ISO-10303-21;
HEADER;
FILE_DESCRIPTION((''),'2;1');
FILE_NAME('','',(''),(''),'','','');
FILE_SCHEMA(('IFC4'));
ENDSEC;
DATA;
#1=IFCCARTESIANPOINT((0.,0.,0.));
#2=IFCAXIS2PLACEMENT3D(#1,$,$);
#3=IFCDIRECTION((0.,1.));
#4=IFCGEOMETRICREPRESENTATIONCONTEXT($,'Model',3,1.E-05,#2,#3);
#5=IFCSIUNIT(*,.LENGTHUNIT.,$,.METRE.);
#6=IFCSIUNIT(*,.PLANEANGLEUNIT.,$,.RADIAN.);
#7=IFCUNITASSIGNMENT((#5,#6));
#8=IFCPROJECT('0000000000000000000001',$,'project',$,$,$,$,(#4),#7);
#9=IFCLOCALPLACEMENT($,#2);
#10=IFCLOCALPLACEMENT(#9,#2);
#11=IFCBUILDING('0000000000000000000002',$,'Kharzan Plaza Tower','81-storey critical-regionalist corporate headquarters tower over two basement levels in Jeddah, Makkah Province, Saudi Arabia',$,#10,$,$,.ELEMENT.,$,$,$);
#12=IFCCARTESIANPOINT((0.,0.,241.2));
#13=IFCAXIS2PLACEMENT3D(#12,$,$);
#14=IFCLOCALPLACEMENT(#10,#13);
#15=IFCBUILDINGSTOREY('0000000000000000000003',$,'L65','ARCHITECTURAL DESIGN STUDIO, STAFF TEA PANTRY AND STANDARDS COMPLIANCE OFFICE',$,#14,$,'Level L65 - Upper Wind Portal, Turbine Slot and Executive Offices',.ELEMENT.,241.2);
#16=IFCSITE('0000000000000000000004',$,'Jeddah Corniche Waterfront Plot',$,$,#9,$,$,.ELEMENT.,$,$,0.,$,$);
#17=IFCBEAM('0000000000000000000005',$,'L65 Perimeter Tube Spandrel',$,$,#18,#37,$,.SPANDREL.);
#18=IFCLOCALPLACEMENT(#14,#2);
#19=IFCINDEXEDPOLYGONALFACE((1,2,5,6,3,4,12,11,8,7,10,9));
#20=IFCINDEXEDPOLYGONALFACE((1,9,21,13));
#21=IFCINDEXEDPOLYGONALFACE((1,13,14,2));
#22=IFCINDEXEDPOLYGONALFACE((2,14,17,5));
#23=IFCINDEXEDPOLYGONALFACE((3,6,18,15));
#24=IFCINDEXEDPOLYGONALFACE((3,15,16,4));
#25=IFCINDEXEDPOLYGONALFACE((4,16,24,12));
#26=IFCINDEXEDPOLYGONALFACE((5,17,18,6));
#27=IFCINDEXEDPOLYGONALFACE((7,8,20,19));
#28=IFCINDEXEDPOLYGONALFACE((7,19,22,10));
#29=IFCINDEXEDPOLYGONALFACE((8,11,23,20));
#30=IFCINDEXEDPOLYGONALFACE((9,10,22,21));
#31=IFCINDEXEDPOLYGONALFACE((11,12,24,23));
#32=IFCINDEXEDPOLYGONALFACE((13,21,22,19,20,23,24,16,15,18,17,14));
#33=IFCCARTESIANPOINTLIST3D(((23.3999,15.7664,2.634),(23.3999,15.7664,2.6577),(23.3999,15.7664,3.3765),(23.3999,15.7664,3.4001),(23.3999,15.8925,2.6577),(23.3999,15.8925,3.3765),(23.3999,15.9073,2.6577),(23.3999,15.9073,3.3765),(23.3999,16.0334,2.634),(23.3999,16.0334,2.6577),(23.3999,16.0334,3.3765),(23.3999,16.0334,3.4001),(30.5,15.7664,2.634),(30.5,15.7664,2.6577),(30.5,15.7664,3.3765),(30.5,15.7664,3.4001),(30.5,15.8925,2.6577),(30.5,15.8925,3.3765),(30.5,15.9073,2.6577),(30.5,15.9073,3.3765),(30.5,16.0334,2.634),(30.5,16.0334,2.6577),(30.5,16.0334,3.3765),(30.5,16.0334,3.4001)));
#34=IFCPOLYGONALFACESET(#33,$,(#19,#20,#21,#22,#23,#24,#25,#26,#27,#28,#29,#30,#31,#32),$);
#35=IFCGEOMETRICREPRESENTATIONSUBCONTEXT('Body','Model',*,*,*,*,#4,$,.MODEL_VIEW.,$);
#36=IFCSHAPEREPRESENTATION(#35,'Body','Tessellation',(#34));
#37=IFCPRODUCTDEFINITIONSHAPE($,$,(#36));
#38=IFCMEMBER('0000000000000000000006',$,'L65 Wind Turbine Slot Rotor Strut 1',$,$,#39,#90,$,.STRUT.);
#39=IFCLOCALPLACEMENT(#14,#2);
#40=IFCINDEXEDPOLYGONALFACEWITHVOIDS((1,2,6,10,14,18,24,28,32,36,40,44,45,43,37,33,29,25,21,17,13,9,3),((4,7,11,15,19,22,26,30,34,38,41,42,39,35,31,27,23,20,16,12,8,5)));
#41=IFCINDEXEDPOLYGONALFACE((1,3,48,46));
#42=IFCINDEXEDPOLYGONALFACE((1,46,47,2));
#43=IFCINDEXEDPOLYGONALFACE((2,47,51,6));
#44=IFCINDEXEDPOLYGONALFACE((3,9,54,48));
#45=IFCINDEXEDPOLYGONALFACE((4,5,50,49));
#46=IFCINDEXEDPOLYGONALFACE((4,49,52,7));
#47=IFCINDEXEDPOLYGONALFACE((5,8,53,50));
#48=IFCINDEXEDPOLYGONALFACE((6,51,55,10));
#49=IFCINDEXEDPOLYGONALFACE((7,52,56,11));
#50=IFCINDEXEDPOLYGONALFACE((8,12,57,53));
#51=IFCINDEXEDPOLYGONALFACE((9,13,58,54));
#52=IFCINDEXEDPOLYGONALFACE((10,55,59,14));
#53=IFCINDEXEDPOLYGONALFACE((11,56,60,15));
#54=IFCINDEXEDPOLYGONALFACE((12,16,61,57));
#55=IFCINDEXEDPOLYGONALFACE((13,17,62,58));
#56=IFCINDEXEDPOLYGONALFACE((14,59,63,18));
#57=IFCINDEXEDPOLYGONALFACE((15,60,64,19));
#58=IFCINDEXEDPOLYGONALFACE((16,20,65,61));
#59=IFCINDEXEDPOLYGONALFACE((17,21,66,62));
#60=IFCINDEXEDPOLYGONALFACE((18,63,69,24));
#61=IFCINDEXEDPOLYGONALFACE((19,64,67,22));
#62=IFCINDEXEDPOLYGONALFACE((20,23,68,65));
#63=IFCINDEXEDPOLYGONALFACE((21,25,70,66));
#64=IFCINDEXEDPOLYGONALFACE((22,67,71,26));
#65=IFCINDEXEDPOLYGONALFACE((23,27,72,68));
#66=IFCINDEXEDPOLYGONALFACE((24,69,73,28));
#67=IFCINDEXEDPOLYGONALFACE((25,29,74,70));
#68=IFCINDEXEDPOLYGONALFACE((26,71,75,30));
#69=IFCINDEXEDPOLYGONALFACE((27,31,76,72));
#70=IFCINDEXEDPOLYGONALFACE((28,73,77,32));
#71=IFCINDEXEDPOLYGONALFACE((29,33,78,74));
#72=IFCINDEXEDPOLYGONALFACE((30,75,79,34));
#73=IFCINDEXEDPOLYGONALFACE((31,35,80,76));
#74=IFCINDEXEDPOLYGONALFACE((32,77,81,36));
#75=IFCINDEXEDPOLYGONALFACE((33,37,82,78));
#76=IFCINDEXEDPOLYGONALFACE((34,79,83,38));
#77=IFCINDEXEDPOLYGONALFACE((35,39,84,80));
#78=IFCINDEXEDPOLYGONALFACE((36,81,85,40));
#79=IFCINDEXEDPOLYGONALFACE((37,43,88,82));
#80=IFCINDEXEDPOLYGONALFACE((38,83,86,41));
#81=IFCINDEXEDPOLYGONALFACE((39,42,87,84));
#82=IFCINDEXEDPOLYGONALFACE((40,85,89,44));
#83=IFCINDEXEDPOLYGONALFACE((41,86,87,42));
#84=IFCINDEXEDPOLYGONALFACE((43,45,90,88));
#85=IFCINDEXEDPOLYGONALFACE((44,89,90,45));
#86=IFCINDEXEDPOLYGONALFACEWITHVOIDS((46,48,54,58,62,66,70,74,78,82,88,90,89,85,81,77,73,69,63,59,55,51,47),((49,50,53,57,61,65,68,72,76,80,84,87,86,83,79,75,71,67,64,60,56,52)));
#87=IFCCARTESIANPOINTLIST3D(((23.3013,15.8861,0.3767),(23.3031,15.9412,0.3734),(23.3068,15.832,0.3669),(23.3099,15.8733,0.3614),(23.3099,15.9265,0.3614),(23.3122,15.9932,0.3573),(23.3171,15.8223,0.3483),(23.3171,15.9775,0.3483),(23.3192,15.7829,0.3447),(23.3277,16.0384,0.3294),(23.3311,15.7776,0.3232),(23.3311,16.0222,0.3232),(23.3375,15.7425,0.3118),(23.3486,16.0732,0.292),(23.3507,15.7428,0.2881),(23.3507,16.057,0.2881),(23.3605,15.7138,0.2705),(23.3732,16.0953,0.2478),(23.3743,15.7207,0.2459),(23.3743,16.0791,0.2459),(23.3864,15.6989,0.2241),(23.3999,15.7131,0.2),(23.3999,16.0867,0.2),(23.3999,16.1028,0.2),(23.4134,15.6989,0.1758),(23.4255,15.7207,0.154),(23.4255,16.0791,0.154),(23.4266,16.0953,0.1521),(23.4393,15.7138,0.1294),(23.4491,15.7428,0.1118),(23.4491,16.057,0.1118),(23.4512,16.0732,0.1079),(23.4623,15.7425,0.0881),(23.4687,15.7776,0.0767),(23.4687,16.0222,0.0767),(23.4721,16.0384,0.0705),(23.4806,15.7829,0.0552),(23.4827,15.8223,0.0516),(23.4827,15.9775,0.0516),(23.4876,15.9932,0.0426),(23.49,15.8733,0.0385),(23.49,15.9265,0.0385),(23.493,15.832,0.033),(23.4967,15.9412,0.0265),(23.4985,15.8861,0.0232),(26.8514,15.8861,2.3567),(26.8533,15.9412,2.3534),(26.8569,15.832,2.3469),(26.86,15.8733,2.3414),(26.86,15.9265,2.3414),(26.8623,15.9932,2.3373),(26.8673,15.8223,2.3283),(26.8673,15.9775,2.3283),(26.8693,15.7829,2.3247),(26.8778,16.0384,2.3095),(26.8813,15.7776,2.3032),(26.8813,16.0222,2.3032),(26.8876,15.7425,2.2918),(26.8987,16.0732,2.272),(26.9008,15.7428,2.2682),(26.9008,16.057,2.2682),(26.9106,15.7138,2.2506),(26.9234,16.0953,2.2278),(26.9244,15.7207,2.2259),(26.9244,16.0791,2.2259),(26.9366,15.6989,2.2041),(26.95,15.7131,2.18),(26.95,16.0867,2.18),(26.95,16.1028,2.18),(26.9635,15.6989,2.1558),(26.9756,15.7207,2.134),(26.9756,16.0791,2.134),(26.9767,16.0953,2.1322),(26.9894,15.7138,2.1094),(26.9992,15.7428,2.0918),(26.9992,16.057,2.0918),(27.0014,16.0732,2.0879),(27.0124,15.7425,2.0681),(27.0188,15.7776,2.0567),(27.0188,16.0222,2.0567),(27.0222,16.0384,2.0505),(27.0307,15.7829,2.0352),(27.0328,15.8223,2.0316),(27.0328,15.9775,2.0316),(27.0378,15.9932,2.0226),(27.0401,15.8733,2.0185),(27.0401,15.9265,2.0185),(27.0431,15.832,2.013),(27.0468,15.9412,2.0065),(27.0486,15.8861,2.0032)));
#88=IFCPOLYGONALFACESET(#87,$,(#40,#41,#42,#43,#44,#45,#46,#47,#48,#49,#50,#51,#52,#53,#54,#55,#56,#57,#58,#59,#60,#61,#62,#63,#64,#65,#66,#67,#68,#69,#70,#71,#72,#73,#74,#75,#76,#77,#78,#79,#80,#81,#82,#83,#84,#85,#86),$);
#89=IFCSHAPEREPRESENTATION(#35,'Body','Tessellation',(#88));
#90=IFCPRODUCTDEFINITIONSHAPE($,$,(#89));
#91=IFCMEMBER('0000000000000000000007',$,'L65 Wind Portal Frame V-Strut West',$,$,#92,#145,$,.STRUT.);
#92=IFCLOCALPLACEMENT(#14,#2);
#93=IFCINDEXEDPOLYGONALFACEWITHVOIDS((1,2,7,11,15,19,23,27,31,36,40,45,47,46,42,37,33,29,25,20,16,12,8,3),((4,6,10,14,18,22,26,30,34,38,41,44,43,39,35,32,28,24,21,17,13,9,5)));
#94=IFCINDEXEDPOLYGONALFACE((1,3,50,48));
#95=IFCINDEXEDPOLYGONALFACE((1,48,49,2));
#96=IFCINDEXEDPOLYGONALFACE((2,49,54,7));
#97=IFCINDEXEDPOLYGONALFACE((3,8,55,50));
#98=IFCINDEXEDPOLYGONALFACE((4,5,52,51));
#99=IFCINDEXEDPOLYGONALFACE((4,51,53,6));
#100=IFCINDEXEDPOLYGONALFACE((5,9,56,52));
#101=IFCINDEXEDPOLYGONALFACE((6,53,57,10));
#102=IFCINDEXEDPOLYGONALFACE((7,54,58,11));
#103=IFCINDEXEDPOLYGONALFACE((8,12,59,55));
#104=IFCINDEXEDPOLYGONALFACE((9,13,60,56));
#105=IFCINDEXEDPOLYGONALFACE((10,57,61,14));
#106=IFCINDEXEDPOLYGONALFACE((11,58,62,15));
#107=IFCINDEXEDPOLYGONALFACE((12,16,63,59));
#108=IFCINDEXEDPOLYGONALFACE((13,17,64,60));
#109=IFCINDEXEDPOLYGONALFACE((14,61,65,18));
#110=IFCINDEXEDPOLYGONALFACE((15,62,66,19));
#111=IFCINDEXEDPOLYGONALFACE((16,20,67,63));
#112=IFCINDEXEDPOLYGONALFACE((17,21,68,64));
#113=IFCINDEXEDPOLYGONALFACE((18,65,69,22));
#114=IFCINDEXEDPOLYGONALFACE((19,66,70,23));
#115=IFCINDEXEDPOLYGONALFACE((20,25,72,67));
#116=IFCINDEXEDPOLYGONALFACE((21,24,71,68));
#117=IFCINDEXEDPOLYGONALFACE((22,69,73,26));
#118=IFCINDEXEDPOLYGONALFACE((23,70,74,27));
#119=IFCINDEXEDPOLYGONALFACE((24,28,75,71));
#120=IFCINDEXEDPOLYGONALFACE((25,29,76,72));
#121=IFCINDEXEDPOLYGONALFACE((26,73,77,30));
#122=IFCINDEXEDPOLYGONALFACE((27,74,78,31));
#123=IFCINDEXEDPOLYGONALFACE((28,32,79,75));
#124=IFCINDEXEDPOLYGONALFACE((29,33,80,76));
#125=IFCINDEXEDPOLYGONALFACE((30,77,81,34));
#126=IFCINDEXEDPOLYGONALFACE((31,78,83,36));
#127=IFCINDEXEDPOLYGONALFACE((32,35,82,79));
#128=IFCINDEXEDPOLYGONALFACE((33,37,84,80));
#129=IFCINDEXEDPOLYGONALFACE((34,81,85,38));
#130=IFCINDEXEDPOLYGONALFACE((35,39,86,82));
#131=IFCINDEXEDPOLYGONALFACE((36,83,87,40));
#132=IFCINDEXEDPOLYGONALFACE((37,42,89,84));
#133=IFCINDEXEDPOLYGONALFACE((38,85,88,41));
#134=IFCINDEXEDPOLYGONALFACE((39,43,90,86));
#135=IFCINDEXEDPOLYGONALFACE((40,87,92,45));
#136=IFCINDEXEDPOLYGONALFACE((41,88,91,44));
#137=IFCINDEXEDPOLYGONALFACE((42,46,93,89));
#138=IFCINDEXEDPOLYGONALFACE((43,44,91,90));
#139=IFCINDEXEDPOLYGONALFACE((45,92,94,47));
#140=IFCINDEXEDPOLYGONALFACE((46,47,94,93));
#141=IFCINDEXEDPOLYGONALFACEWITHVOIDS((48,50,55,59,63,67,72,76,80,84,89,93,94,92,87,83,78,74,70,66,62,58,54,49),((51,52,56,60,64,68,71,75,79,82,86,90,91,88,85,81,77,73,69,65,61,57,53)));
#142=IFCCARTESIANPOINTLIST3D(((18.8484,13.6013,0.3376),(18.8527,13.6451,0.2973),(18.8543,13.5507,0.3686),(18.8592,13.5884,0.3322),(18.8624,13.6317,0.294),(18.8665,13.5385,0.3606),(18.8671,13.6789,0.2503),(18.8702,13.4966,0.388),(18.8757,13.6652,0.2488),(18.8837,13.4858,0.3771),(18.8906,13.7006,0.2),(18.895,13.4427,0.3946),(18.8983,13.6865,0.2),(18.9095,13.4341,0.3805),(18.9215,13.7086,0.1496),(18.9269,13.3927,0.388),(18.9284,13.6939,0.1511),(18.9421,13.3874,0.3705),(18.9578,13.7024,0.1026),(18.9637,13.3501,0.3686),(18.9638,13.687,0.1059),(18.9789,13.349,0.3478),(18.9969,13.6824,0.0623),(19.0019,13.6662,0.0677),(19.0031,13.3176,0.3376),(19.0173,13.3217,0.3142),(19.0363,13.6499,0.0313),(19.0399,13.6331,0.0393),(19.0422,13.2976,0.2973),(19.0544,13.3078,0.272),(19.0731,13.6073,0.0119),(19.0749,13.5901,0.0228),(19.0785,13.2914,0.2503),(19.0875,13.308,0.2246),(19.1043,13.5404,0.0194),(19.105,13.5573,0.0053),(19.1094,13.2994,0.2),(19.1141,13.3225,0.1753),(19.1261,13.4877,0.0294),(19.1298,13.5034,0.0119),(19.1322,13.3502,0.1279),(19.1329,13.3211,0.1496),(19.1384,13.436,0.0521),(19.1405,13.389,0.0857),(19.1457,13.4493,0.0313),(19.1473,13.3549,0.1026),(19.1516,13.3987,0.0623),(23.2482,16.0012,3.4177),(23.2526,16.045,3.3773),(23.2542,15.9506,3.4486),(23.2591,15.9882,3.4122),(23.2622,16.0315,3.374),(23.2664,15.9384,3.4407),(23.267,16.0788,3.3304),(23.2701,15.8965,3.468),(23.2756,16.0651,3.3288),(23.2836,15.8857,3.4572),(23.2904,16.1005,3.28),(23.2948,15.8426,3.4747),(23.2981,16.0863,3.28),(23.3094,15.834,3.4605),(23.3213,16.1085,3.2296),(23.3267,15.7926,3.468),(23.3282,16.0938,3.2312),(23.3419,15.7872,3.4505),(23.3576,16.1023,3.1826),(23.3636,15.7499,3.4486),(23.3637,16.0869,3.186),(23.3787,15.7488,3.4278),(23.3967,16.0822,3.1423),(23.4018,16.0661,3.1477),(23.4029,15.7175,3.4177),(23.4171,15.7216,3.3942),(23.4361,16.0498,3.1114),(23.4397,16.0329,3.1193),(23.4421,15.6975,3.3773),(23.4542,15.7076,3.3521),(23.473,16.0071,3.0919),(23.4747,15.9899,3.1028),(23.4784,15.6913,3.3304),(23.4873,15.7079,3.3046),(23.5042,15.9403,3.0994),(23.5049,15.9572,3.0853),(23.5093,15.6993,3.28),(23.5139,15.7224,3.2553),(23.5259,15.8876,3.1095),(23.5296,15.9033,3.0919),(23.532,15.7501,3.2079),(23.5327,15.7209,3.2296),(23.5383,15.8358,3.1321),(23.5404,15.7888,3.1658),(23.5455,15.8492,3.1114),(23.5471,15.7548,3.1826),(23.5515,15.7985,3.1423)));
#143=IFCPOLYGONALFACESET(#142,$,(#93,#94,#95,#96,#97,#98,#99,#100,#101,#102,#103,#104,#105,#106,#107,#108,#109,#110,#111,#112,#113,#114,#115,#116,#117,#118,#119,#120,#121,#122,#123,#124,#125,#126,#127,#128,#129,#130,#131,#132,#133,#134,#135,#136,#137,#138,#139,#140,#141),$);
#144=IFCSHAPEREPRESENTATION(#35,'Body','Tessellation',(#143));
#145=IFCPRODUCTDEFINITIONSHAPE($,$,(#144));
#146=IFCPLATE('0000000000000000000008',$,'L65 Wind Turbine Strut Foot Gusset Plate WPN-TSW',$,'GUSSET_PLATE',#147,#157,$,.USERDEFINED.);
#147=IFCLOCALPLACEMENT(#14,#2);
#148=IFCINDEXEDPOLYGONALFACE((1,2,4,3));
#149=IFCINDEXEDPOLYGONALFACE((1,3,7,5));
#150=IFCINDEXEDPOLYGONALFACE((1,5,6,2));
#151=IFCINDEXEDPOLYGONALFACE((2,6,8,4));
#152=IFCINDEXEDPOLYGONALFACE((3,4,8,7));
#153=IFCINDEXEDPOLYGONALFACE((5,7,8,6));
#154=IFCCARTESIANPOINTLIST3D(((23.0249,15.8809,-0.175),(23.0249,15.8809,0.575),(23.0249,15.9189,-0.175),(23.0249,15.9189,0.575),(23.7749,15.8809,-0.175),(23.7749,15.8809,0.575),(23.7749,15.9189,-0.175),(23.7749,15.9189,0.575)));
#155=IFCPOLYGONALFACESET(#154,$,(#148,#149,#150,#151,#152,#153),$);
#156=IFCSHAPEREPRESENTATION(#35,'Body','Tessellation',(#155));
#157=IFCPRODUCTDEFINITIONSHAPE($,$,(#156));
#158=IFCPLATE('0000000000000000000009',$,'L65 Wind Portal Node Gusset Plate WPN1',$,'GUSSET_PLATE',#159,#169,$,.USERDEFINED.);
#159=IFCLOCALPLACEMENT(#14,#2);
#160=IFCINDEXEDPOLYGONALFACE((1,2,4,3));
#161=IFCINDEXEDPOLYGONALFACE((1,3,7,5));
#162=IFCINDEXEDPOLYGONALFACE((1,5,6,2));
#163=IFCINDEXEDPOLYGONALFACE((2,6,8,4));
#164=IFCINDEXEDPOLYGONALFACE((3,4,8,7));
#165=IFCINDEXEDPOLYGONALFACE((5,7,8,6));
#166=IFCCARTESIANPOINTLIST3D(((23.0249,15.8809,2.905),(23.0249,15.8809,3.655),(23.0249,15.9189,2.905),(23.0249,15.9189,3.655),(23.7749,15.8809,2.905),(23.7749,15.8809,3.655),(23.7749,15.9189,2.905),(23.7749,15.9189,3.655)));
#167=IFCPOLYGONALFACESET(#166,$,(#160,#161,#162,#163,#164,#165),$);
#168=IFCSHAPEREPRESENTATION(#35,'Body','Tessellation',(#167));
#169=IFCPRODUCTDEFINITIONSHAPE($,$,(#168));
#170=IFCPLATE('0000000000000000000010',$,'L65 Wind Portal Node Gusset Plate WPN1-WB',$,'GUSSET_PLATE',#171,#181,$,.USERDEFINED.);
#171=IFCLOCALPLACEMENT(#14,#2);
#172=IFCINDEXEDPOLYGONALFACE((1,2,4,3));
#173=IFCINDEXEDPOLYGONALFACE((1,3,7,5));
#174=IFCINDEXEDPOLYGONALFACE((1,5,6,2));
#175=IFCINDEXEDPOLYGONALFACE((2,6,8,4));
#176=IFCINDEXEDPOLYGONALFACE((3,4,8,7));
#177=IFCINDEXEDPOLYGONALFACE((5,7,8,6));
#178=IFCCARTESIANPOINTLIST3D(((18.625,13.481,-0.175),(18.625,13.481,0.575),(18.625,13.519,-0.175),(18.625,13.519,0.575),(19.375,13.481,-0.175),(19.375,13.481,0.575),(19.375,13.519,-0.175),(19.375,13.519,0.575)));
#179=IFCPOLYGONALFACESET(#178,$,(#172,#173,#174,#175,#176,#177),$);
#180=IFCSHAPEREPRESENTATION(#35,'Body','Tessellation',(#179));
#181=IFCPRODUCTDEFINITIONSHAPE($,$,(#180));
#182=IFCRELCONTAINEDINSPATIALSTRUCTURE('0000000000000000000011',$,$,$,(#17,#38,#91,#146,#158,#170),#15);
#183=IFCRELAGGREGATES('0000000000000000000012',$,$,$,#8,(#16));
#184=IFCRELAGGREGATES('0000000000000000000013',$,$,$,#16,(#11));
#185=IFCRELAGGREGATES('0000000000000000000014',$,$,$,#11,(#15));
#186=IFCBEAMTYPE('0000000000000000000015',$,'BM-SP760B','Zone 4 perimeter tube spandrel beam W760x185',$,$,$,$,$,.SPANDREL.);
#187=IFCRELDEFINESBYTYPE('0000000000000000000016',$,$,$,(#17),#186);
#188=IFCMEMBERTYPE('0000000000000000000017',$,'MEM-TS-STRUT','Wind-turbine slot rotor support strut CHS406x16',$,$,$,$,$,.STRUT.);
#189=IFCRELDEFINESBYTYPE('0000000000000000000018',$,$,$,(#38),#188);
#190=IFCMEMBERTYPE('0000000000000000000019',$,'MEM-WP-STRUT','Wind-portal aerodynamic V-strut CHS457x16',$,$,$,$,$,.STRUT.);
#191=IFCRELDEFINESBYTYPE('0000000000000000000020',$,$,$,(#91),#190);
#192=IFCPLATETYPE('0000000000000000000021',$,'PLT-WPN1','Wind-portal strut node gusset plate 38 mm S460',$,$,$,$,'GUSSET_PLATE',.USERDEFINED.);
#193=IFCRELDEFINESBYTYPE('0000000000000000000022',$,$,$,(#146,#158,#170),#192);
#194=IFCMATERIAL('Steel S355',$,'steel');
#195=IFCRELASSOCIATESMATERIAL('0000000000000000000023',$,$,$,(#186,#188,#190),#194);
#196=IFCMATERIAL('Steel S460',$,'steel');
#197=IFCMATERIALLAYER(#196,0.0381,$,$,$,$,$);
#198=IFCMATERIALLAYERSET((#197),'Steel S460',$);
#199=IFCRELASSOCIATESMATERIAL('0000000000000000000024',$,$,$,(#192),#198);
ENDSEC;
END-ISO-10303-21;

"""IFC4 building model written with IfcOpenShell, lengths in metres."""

from ifc_helpers import new_model, si_unit, direction, frame, origin, origin_2d, place, context, subcontext, project, spatial, rectangle, hollow_circle, i_section, extrude, source, transform, mapped, material, layer, layer_set, material_profile, profile_set, type_object, element, save


model = new_model("IFC4")

# Units and contexts
model_context = context("Model", 3, precision=1e-05, world=origin(), true_north=direction((0.0, 1.0)))
body_context = subcontext(model_context, "Body", "Model", "MODEL_VIEW")
ifc_project = project(units=[si_unit("LENGTHUNIT", "METRE"), si_unit("PLANEANGLEUNIT", "RADIAN")], contexts=[model_context])

# Site, building, storey
site_placement = place(None, origin())
site = spatial("IfcSite", under=ifc_project, at=site_placement, Name="Jeddah Corniche Waterfront Plot", CompositionType="ELEMENT", RefElevation=0.0)
building_placement = place(site_placement, origin())
building = spatial("IfcBuilding", under=site, at=building_placement, Name="Kharzan Plaza Tower", Description="81-storey critical-regionalist corporate headquarters tower over two basement levels in Jeddah, Makkah Province, Saudi Arabia", CompositionType="ELEMENT")
storey_placement = place(building_placement, frame((0.0, 0.0, 241.2)))
storey = spatial("IfcBuildingStorey", under=building, at=storey_placement, Name="L65", Description="ARCHITECTURAL DESIGN STUDIO, STAFF TEA PANTRY AND STANDARDS COMPLIANCE OFFICE", LongName="Level L65 - Upper Wind Portal, Turbine Slot and Executive Offices", CompositionType="ELEMENT", Elevation=241.2)

# Shared definitions
ifc_material_1 = material(Name="Steel S355", Category="steel")

# Beam
ifc_material_profile_1 = material_profile(ifc_material_1, i_section(OverallWidth=0.2671, OverallDepth=0.7661, WebThickness=0.0149, FlangeThickness=0.0237, at=origin_2d()), Name="W760x185")
ifc_profile_set_1 = profile_set([ifc_material_profile_1], Name="Steel S355")
beam_type_1 = type_object("IfcBeamType", Name="BM-SP760B", Description="Zone 4 perimeter tube spandrel beam W760x185", PredefinedType="SPANDREL", material=ifc_profile_set_1)
shared_shape_1 = source(origin(), body_context, "Body", "SweptSolid", [
    extrude(i_section(OverallWidth=0.2671, OverallDepth=0.7661, WebThickness=0.0149, FlangeThickness=0.0237, at=origin_2d()), origin(), (0.0, 0.0, 1.0), 7.1001),
])
beam_1_placement = place(storey_placement, frame((23.3999, 15.8999, 3.0171), z_axis=(1.0, 0.0, 0.0), x_axis=(0.0, 1.0, 0.0)))
element("IfcBeam", 1, at=beam_1_placement, inside=storey, type_object=beam_type_1, Name="L65 Perimeter Tube Spandrel", PredefinedType="SPANDREL", context=body_context, shape_type="MappedRepresentation", body=[
    mapped(shared_shape_1, transform((0.0, 0.0, 0.0), x_axis=(1.0, 0.0, 0.0), y_axis=(0.0, 1.0, 0.0), z_axis=(0.0, 0.0, 1.0))),
])

# Members
ifc_material_profile_2 = material_profile(ifc_material_1, hollow_circle(Radius=0.2029, WallThickness=0.0161, at=origin_2d()), Name="CHS406x16")
ifc_profile_set_2 = profile_set([ifc_material_profile_2], Name="Steel S355")
member_type_1 = type_object("IfcMemberType", Name="MEM-TS-STRUT", Description="Wind-turbine slot rotor support strut CHS406x16", PredefinedType="STRUT", material=ifc_profile_set_2)
shared_shape_2 = source(origin(), body_context, "Body", "SweptSolid", [
    extrude(hollow_circle(Radius=0.2029, WallThickness=0.0161, at=origin_2d()), origin(), (0.0, 0.0, 1.0), 4.0649),
])
member_1_placement = place(storey_placement, frame((23.3999, 15.8999, 0.2), z_axis=(0.873349, 0.0, 0.487096), x_axis=(0.0, 1.0, 0.0)))
element("IfcMember", 2, at=member_1_placement, inside=storey, type_object=member_type_1, Name="L65 Wind Turbine Slot Rotor Strut 1", PredefinedType="STRUT", context=body_context, shape_type="MappedRepresentation", body=[
    mapped(shared_shape_2, transform((0.0, 0.0, 0.0), x_axis=(1.0, 0.0, 0.0), y_axis=(0.0, 1.0, 0.0), z_axis=(0.0, 0.0, 1.0))),
])
ifc_material_profile_3 = material_profile(ifc_material_1, hollow_circle(Radius=0.2285, WallThickness=0.0161, at=origin_2d()), Name="CHS457x16")
ifc_profile_set_3 = profile_set([ifc_material_profile_3], Name="Steel S355")
member_type_2 = type_object("IfcMemberType", Name="MEM-WP-STRUT", Description="Wind-portal aerodynamic V-strut CHS457x16", PredefinedType="STRUT", material=ifc_profile_set_3)
shared_shape_3 = source(origin(), body_context, "Body", "SweptSolid", [
    extrude(hollow_circle(Radius=0.2285, WallThickness=0.0161, at=origin_2d()), origin(), (0.0, 0.0, 1.0), 5.8826),
])
member_2_placement = place(storey_placement, frame((19.0, 13.5, 0.2), z_axis=(0.747946, 0.407963, 0.523587), x_axis=(-0.478845, 0.877899, 0.0)))
element("IfcMember", 3, at=member_2_placement, inside=storey, type_object=member_type_2, Name="L65 Wind Portal Frame V-Strut West", PredefinedType="STRUT", context=body_context, shape_type="MappedRepresentation", body=[
    mapped(shared_shape_3, transform((0.0, 0.0, 0.0), x_axis=(1.0, 0.0, 0.0), y_axis=(0.0, 1.0, 0.0), z_axis=(0.0, 0.0, 1.0))),
])

# Plates
ifc_material_2 = material(Name="Steel S460", Category="steel")
ifc_layer_1 = layer(ifc_material_2, 0.0381)
ifc_layer_set_1 = layer_set([ifc_layer_1], Name="Steel S460")
plate_type = type_object("IfcPlateType", Name="PLT-WPN1", Description="Wind-portal strut node gusset plate 38 mm S460", ElementType="GUSSET_PLATE", PredefinedType="USERDEFINED", material=ifc_layer_set_1)
shared_shape_4 = source(origin(), body_context, "Body", "SweptSolid", [
    extrude(rectangle(XDim=0.75, YDim=0.0381, at=origin_2d()), origin(), (0.0, 0.0, 1.0), 0.75),
])
for number, where, z_axis, x_axis, name in (
    (4, (23.3999, 15.8999, -0.175), (0.0, 0.0, 1.0), (1.0, 0.0, 0.0), "L65 Wind Turbine Strut Foot Gusset Plate WPN-TSW"),
    (5, (23.3999, 15.8999, 2.905), (0.0, 0.0, 1.0), (1.0, 0.0, 0.0), "L65 Wind Portal Node Gusset Plate WPN1"),
    (6, (19.0, 13.5, -0.175), (0.0, 0.0, 1.0), (1.0, 0.0, 0.0), "L65 Wind Portal Node Gusset Plate WPN1-WB"),
):
    element("IfcPlate", number, at=place(storey_placement, frame(where, z_axis=z_axis, x_axis=x_axis)), inside=storey, type_object=plate_type, Name=name, ObjectType="GUSSET_PLATE", PredefinedType="USERDEFINED", context=body_context, shape_type="MappedRepresentation", body=[
        mapped(shared_shape_4, transform((0.0, 0.0, 0.0), x_axis=(1.0, 0.0, 0.0), y_axis=(0.0, 1.0, 0.0), z_axis=(0.0, 0.0, 1.0))),
    ])

save(model, "model.ifc")
